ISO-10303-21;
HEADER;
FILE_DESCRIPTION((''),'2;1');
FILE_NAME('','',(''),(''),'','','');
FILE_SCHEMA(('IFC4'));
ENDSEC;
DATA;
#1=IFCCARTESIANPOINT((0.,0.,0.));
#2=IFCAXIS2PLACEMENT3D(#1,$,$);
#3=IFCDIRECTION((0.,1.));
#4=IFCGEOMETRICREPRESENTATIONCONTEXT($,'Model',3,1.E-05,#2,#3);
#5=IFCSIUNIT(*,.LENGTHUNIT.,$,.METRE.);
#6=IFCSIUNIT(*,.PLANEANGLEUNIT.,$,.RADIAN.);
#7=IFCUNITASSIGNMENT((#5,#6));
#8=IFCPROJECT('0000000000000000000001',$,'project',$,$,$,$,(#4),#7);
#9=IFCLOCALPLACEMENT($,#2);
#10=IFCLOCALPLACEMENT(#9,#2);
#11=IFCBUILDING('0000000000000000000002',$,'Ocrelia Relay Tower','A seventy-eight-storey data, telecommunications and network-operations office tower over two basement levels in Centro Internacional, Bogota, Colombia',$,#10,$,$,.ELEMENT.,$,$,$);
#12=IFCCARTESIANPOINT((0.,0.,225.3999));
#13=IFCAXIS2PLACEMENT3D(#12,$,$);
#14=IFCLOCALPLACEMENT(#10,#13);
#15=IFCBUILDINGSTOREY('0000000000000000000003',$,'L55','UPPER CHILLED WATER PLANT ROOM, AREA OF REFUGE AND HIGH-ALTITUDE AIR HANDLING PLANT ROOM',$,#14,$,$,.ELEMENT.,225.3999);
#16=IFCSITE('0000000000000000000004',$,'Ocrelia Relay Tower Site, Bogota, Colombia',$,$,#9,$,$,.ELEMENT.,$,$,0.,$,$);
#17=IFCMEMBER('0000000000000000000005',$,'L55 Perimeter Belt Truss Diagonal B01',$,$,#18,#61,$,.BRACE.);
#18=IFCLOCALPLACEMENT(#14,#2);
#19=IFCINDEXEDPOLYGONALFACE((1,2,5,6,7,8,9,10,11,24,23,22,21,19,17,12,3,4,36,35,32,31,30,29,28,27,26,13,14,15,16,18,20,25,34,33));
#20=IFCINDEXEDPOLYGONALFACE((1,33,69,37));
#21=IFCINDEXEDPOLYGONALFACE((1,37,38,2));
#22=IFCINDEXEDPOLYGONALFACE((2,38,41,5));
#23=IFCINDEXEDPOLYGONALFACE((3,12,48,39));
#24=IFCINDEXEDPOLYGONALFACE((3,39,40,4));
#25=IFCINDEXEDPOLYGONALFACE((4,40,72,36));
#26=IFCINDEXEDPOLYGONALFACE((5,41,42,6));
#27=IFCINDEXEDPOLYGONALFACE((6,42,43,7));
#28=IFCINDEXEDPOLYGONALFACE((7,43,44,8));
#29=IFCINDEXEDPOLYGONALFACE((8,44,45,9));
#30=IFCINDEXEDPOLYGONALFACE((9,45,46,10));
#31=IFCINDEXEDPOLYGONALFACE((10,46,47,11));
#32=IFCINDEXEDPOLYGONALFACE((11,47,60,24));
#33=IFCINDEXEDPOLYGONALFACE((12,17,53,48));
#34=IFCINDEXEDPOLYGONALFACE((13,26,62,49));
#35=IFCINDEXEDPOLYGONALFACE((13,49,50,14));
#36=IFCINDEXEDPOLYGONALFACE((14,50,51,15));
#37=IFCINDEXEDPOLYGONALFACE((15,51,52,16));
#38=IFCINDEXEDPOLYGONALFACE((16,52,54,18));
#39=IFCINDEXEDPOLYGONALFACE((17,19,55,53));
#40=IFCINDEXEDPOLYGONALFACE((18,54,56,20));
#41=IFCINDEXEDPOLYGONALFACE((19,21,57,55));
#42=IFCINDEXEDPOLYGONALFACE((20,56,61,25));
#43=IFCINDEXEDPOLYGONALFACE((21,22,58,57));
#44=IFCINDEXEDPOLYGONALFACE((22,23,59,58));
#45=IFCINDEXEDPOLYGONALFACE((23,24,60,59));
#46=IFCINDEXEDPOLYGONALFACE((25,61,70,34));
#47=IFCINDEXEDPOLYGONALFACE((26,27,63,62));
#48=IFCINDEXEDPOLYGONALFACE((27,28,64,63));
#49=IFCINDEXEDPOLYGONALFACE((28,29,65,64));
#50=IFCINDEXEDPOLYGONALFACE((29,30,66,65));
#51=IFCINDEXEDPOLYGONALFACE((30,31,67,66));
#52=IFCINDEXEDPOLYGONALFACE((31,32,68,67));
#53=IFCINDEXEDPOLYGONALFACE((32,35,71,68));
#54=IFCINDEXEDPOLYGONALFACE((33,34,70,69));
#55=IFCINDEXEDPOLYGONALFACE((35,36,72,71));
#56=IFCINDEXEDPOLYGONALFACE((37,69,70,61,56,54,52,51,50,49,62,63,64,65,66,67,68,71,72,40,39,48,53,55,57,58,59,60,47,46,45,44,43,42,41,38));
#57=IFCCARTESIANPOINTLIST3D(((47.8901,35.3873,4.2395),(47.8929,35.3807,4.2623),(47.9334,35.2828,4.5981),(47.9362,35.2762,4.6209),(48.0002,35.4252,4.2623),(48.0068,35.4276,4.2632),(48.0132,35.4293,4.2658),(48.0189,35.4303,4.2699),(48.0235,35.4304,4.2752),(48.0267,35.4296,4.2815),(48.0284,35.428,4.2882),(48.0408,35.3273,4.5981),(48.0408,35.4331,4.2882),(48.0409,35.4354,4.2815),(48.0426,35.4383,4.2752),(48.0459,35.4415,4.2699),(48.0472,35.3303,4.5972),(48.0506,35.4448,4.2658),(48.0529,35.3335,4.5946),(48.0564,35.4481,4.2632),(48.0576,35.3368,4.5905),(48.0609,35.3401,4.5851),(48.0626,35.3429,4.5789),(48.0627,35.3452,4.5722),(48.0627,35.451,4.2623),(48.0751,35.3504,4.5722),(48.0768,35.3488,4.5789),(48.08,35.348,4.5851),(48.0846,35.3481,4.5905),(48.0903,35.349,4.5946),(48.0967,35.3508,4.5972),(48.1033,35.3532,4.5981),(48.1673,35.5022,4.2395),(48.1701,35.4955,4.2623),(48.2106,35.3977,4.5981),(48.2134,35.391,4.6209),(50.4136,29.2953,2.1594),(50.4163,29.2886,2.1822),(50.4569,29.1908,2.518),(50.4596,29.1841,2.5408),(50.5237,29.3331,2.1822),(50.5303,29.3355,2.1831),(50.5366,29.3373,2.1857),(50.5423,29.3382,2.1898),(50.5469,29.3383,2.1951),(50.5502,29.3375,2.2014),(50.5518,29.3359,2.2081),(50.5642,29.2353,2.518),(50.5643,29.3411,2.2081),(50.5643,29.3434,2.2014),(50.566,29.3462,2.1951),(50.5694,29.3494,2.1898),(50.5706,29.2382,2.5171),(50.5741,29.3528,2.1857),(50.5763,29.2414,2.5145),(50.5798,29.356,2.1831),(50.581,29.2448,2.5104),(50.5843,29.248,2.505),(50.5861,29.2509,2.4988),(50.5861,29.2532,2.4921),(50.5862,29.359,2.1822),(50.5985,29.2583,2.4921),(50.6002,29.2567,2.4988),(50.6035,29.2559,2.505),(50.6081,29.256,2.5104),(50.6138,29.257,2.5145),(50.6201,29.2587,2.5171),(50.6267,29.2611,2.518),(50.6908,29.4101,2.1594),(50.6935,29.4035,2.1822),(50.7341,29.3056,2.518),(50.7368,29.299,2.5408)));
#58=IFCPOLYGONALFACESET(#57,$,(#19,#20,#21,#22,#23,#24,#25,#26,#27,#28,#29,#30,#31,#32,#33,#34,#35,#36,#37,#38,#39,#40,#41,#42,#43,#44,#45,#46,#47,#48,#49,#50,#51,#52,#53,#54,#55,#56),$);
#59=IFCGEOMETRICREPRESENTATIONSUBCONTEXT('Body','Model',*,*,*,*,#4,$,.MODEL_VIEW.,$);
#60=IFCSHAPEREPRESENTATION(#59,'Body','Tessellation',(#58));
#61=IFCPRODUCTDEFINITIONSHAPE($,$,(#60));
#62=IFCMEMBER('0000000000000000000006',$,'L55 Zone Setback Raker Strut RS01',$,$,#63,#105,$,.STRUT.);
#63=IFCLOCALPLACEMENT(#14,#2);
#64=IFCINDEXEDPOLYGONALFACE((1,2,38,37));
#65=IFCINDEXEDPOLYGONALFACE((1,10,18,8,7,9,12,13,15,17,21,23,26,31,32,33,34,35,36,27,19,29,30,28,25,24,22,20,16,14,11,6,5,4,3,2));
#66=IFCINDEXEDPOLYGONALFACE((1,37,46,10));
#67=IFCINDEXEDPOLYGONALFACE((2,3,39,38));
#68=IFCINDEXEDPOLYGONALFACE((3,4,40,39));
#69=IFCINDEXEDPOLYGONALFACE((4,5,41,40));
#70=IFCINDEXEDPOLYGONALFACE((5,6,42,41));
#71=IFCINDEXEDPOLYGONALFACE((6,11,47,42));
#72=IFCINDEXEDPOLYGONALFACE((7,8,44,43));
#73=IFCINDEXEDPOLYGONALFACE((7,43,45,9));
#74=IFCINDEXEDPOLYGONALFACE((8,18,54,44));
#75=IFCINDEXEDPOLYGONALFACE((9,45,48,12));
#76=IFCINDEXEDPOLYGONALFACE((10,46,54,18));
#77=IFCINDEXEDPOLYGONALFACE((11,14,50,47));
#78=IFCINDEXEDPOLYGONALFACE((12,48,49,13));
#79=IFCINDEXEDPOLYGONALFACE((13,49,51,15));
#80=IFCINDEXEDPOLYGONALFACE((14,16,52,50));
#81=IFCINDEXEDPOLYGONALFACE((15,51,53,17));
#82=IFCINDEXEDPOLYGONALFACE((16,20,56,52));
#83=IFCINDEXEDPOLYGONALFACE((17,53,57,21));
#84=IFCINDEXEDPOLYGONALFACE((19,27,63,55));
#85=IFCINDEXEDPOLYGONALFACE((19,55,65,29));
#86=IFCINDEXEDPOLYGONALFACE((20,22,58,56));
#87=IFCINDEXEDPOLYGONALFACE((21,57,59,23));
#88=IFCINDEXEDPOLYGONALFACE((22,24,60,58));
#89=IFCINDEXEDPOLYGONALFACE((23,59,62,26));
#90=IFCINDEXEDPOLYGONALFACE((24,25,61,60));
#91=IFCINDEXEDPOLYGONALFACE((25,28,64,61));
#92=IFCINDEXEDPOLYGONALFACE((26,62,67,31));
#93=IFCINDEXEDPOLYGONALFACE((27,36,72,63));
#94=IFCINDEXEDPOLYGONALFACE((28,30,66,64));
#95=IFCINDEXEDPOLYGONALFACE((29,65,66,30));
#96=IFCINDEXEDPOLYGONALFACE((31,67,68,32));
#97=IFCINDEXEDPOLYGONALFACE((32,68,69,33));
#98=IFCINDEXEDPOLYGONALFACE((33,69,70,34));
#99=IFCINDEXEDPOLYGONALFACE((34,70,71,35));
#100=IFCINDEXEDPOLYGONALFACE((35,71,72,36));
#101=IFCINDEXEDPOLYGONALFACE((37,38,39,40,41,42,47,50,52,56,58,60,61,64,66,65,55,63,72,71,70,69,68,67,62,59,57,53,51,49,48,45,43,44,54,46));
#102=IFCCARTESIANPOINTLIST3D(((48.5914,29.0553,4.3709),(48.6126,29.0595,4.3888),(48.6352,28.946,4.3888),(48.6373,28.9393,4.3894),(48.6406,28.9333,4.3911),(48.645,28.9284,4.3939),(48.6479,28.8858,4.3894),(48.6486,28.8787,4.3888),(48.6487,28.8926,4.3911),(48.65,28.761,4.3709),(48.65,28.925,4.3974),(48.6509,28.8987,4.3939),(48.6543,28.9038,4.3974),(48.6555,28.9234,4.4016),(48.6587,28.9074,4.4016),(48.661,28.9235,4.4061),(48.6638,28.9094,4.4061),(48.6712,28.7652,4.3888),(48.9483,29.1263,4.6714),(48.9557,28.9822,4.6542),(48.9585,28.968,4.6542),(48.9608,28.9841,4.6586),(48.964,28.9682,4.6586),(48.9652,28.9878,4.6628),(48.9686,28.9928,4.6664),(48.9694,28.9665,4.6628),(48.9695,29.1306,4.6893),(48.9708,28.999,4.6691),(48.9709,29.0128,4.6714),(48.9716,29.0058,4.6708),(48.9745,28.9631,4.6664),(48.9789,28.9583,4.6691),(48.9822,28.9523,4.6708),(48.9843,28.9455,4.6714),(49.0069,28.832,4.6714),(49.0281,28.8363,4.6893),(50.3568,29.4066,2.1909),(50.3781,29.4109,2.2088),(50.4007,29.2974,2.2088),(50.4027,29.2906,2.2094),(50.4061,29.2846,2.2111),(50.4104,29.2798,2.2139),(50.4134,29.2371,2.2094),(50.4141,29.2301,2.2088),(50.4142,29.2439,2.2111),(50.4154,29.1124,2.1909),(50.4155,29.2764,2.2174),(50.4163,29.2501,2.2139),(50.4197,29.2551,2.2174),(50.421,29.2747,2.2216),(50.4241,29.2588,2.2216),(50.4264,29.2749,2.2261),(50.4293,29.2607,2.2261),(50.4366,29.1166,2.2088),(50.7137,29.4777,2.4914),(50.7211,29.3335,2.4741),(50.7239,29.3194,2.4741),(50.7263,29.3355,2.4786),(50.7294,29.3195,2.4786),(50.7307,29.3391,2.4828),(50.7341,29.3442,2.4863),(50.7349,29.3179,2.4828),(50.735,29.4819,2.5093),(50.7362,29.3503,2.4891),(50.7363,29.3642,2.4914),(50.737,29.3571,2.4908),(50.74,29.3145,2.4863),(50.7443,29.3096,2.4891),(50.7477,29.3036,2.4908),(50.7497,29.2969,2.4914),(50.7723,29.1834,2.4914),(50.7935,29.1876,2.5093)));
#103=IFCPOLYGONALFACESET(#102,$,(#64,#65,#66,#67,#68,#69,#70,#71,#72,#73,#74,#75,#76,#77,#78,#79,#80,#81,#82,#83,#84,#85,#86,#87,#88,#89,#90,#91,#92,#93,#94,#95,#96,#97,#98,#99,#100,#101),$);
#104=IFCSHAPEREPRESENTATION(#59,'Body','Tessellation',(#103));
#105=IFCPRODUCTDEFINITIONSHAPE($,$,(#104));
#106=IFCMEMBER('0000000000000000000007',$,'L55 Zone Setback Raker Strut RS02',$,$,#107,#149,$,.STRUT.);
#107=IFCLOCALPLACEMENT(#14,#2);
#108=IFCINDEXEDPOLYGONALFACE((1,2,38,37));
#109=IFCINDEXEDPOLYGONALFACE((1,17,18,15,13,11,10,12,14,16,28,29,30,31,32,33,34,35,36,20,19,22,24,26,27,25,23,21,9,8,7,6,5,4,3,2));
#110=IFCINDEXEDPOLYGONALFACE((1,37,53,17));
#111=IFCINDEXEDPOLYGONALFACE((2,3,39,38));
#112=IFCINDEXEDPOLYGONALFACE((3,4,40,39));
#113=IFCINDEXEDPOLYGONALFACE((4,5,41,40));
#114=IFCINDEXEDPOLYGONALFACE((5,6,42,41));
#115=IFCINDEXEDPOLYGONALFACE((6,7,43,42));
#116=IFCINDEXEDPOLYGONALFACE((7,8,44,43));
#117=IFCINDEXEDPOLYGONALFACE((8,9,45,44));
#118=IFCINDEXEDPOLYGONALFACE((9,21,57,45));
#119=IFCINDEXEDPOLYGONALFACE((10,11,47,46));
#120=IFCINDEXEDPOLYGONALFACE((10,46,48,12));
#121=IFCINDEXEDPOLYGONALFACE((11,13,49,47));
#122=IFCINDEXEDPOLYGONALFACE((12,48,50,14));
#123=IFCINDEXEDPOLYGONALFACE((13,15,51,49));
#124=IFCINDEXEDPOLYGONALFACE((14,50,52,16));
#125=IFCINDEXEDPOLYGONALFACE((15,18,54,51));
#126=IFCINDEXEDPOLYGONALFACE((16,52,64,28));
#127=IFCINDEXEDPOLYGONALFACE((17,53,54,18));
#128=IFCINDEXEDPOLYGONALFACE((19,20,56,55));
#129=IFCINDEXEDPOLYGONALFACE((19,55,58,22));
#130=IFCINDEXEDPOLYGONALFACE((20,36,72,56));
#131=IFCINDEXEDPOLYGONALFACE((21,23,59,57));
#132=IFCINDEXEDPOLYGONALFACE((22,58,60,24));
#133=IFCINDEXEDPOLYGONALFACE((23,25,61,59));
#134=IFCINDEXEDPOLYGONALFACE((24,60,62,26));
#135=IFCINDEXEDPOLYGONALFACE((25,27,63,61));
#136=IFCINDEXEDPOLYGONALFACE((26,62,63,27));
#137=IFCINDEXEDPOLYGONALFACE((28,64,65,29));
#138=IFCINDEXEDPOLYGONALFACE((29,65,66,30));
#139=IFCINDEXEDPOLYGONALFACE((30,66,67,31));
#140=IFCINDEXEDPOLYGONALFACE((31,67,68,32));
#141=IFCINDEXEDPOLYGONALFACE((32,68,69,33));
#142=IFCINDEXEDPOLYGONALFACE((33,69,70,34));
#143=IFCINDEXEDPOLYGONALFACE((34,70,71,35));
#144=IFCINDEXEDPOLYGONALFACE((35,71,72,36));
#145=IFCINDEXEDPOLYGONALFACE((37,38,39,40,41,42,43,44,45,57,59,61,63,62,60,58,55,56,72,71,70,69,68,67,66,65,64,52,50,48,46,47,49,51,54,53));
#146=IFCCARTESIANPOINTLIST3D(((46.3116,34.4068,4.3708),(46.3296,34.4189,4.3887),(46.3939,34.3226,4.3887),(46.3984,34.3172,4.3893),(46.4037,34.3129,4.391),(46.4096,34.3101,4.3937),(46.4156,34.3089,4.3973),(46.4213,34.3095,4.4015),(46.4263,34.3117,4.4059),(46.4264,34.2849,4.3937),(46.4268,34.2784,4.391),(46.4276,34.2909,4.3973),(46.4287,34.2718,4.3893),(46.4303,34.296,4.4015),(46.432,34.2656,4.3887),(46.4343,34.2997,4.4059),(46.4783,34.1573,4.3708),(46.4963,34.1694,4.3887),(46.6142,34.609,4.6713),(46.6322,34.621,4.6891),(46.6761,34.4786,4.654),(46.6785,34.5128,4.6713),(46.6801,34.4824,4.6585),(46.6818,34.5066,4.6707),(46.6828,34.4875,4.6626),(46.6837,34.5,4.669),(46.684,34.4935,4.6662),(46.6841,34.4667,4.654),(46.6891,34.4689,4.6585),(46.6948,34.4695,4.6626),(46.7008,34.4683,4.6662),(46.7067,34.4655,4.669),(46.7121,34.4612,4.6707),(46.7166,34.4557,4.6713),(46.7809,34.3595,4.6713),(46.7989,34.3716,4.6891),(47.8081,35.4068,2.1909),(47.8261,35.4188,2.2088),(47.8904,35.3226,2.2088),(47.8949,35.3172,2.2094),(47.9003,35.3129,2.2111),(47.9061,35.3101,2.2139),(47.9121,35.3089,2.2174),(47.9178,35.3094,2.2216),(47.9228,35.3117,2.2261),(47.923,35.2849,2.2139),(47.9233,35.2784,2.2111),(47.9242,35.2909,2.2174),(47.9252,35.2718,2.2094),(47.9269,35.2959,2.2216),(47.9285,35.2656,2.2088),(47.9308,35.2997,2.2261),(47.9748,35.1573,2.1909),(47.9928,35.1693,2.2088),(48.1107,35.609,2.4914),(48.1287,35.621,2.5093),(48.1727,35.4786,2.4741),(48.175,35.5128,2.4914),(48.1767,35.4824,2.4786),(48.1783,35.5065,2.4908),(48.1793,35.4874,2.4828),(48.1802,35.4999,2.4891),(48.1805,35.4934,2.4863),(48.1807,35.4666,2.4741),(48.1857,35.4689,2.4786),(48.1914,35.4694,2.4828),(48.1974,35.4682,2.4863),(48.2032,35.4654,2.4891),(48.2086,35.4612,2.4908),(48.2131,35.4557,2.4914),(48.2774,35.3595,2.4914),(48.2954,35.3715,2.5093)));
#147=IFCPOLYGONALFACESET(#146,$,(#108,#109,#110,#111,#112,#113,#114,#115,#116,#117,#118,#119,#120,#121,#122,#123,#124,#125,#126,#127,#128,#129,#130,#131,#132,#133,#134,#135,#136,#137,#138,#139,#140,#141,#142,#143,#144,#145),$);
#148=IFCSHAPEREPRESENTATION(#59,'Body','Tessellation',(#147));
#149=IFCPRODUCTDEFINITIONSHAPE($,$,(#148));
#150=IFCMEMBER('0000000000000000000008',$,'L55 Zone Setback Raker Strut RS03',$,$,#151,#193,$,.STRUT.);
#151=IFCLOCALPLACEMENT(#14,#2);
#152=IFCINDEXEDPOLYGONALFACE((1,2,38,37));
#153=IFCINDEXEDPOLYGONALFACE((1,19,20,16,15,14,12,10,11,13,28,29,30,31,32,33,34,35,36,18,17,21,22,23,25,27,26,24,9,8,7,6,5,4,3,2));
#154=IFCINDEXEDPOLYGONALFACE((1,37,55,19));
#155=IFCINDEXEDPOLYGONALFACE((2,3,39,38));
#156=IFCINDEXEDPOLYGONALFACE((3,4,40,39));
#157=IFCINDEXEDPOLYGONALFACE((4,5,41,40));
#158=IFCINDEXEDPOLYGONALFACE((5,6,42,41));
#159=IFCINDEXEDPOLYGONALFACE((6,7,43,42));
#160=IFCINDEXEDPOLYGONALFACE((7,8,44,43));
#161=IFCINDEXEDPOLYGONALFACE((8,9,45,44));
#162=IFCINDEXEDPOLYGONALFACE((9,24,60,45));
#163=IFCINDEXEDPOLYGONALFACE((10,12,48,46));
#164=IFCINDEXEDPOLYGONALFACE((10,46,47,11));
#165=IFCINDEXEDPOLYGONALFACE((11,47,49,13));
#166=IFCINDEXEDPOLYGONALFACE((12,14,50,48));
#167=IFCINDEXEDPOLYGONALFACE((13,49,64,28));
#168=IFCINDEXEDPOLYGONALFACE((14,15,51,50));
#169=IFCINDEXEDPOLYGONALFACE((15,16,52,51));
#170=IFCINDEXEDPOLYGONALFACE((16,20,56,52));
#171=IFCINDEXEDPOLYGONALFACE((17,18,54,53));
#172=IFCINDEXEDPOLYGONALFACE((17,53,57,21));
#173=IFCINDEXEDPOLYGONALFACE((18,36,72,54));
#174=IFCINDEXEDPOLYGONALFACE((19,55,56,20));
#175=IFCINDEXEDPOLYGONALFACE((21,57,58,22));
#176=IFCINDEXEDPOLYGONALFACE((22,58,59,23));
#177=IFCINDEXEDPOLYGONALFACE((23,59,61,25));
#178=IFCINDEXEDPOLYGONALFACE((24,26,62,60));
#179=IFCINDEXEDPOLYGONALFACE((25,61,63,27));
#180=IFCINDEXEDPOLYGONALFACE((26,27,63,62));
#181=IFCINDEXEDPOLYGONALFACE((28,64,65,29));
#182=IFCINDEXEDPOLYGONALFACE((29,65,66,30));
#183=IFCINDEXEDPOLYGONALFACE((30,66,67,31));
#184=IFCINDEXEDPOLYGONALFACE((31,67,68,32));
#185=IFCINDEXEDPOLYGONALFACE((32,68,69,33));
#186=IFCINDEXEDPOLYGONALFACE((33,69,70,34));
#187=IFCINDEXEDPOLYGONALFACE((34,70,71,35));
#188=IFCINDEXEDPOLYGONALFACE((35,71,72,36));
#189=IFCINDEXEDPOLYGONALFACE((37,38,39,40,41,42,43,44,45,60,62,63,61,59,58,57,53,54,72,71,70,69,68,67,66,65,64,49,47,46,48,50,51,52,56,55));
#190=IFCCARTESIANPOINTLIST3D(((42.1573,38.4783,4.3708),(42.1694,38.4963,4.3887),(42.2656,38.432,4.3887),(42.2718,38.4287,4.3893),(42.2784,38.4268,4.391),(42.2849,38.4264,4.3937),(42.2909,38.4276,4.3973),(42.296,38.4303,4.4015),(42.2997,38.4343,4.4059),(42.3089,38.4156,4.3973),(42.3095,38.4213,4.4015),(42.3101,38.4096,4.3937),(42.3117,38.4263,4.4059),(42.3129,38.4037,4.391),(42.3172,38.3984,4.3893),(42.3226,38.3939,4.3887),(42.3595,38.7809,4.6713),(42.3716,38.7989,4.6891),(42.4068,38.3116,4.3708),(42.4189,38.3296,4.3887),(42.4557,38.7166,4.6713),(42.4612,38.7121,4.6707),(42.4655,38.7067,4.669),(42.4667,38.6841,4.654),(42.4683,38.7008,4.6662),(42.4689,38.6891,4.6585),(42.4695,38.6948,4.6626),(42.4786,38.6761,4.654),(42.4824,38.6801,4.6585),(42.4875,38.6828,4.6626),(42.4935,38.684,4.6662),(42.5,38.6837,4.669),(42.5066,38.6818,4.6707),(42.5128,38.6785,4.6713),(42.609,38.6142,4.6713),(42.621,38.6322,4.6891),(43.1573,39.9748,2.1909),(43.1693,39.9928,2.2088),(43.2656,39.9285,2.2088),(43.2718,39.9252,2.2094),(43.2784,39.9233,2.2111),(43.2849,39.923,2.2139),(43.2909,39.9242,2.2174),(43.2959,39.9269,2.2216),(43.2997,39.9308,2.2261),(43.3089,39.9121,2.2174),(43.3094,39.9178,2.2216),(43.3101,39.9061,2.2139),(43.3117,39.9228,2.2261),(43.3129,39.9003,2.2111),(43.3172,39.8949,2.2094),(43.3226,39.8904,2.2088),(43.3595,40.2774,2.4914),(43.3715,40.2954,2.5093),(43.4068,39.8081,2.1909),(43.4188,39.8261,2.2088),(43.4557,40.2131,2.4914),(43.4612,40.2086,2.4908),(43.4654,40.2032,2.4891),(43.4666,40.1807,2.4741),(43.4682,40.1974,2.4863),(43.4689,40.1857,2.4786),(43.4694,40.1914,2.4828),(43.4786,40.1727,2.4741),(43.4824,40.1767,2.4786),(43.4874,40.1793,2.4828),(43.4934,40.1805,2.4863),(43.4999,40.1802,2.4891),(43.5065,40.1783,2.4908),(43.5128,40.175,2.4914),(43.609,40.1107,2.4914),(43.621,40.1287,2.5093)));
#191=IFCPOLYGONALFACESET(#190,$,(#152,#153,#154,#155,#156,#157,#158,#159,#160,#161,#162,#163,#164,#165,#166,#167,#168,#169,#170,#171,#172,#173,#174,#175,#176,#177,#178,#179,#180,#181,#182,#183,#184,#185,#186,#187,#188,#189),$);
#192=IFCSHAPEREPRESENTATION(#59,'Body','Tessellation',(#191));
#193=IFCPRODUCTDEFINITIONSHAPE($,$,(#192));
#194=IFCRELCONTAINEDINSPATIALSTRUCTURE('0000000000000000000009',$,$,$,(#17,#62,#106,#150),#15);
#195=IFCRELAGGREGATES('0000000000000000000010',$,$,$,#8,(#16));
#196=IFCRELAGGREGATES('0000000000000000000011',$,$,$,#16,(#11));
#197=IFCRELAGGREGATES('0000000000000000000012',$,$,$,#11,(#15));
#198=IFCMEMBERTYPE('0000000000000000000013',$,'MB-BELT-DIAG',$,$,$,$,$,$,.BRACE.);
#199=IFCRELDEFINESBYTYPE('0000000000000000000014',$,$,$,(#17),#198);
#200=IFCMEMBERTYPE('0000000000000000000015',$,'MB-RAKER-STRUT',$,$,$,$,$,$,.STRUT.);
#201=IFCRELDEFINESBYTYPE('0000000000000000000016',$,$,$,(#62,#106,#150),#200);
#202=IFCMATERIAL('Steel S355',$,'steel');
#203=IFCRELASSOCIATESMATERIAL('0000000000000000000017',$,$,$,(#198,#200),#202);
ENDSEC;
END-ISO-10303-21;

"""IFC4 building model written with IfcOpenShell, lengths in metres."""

from ifc_helpers import new_model, si_unit, direction, frame, origin, origin_2d, place, context, subcontext, project, spatial, i_section, extrude, material, material_profile, profile_set, type_object, element, save


model = new_model("IFC4")

# Units and contexts
model_context = context("Model", 3, precision=1e-05, world=origin(), true_north=direction((0.0, 1.0)))
body_context = subcontext(model_context, "Body", "Model", "MODEL_VIEW")
ifc_project = project(units=[si_unit("LENGTHUNIT", "METRE"), si_unit("PLANEANGLEUNIT", "RADIAN")], contexts=[model_context])

# Site, building, storey
site_placement = place(None, origin())
site = spatial("IfcSite", under=ifc_project, at=site_placement, Name="Ocrelia Relay Tower Site, Bogota, Colombia", CompositionType="ELEMENT", RefElevation=0.0)
building_placement = place(site_placement, origin())
building = spatial("IfcBuilding", under=site, at=building_placement, Name="Ocrelia Relay Tower", Description="A seventy-eight-storey data, telecommunications and network-operations office tower over two basement levels in Centro Internacional, Bogota, Colombia", CompositionType="ELEMENT")
storey_placement = place(building_placement, frame((0.0, 0.0, 225.3999)))
storey = spatial("IfcBuildingStorey", under=building, at=storey_placement, Name="L55", Description="UPPER CHILLED WATER PLANT ROOM, AREA OF REFUGE AND HIGH-ALTITUDE AIR HANDLING PLANT ROOM", CompositionType="ELEMENT", Elevation=225.3999)

# Shared definitions
ifc_material_1 = material(Name="Steel S355", Category="steel")

# Members
ifc_material_profile_1 = material_profile(ifc_material_1, i_section(OverallWidth=0.3, OverallDepth=0.3999, WebThickness=0.0134, FlangeThickness=0.0239, FilletRadius=0.0271, at=origin_2d()), Name="HEB 400")
ifc_profile_set_1 = profile_set([ifc_material_profile_1], Name="Steel S355")
member_type_1 = type_object("IfcMemberType", Name="MB-BELT-DIAG", PredefinedType="BRACE", material=ifc_profile_set_1)
member_1_placement = place(storey_placement, frame((50.5752, 29.2971, 2.3501), z_axis=(-0.36496, 0.88108, 0.300837), x_axis=(-0.923878, -0.382688, 0.0)))
element("IfcMember", 1, at=member_1_placement, inside=storey, type_object=member_type_1, Name="L55 Perimeter Belt Truss Diagonal B01", PredefinedType="BRACE", context=body_context, shape_type="SweptSolid", body=[
    extrude(i_section(OverallWidth=0.3, OverallDepth=0.3999, WebThickness=0.0134, FlangeThickness=0.0239, FilletRadius=0.0271, at=origin_2d()), origin(), (0.0, 0.0, 1.0), 6.9143),
])
ifc_material_profile_2 = material_profile(ifc_material_1, i_section(OverallWidth=0.3, OverallDepth=0.5, WebThickness=0.0144, FlangeThickness=0.0281, FilletRadius=0.0271, at=origin_2d()), Name="HEB 500")
ifc_profile_set_2 = profile_set([ifc_material_profile_2], Name="Steel S355")
member_type_2 = type_object("IfcMemberType", Name="MB-RAKER-STRUT", PredefinedType="STRUT", material=ifc_profile_set_2)
member_2_placement = place(storey_placement, frame((50.5752, 29.2971, 2.3501), z_axis=(-0.624465, -0.124271, 0.771103), x_axis=(0.195177, -0.980768, 0.0)))
element("IfcMember", 2, at=member_2_placement, inside=storey, type_object=member_type_2, Name="L55 Zone Setback Raker Strut RS01", PredefinedType="STRUT", context=body_context, shape_type="SweptSolid", body=[
    extrude(i_section(OverallWidth=0.3, OverallDepth=0.5, WebThickness=0.0144, FlangeThickness=0.0281, FilletRadius=0.0271, at=origin_2d()), origin(), (0.0, 0.0, 1.0), 2.8271),
])
for number, where, z_axis, x_axis, name in (
    (3, (48.0518, 35.3892, 2.3501), (-0.529391, -0.353733, 0.771115), (0.555576, -0.831466, 0.0), "L55 Zone Setback Raker Strut RS02"),
    (4, (43.3892, 40.0518, 2.3501), (-0.353733, -0.529391, 0.771115), (0.831466, -0.555576, 0.0), "L55 Zone Setback Raker Strut RS03"),
):
    element("IfcMember", number, at=place(storey_placement, frame(where, z_axis=z_axis, x_axis=x_axis)), inside=storey, type_object=member_type_2, Name=name, PredefinedType="STRUT", context=body_context, shape_type="SweptSolid", body=[
        extrude(i_section(OverallWidth=0.3, OverallDepth=0.5, WebThickness=0.0144, FlangeThickness=0.0281, FilletRadius=0.0271, at=origin_2d()), origin(), (0.0, 0.0, 1.0), 2.8269),
    ])

save(model, "model.ifc")
